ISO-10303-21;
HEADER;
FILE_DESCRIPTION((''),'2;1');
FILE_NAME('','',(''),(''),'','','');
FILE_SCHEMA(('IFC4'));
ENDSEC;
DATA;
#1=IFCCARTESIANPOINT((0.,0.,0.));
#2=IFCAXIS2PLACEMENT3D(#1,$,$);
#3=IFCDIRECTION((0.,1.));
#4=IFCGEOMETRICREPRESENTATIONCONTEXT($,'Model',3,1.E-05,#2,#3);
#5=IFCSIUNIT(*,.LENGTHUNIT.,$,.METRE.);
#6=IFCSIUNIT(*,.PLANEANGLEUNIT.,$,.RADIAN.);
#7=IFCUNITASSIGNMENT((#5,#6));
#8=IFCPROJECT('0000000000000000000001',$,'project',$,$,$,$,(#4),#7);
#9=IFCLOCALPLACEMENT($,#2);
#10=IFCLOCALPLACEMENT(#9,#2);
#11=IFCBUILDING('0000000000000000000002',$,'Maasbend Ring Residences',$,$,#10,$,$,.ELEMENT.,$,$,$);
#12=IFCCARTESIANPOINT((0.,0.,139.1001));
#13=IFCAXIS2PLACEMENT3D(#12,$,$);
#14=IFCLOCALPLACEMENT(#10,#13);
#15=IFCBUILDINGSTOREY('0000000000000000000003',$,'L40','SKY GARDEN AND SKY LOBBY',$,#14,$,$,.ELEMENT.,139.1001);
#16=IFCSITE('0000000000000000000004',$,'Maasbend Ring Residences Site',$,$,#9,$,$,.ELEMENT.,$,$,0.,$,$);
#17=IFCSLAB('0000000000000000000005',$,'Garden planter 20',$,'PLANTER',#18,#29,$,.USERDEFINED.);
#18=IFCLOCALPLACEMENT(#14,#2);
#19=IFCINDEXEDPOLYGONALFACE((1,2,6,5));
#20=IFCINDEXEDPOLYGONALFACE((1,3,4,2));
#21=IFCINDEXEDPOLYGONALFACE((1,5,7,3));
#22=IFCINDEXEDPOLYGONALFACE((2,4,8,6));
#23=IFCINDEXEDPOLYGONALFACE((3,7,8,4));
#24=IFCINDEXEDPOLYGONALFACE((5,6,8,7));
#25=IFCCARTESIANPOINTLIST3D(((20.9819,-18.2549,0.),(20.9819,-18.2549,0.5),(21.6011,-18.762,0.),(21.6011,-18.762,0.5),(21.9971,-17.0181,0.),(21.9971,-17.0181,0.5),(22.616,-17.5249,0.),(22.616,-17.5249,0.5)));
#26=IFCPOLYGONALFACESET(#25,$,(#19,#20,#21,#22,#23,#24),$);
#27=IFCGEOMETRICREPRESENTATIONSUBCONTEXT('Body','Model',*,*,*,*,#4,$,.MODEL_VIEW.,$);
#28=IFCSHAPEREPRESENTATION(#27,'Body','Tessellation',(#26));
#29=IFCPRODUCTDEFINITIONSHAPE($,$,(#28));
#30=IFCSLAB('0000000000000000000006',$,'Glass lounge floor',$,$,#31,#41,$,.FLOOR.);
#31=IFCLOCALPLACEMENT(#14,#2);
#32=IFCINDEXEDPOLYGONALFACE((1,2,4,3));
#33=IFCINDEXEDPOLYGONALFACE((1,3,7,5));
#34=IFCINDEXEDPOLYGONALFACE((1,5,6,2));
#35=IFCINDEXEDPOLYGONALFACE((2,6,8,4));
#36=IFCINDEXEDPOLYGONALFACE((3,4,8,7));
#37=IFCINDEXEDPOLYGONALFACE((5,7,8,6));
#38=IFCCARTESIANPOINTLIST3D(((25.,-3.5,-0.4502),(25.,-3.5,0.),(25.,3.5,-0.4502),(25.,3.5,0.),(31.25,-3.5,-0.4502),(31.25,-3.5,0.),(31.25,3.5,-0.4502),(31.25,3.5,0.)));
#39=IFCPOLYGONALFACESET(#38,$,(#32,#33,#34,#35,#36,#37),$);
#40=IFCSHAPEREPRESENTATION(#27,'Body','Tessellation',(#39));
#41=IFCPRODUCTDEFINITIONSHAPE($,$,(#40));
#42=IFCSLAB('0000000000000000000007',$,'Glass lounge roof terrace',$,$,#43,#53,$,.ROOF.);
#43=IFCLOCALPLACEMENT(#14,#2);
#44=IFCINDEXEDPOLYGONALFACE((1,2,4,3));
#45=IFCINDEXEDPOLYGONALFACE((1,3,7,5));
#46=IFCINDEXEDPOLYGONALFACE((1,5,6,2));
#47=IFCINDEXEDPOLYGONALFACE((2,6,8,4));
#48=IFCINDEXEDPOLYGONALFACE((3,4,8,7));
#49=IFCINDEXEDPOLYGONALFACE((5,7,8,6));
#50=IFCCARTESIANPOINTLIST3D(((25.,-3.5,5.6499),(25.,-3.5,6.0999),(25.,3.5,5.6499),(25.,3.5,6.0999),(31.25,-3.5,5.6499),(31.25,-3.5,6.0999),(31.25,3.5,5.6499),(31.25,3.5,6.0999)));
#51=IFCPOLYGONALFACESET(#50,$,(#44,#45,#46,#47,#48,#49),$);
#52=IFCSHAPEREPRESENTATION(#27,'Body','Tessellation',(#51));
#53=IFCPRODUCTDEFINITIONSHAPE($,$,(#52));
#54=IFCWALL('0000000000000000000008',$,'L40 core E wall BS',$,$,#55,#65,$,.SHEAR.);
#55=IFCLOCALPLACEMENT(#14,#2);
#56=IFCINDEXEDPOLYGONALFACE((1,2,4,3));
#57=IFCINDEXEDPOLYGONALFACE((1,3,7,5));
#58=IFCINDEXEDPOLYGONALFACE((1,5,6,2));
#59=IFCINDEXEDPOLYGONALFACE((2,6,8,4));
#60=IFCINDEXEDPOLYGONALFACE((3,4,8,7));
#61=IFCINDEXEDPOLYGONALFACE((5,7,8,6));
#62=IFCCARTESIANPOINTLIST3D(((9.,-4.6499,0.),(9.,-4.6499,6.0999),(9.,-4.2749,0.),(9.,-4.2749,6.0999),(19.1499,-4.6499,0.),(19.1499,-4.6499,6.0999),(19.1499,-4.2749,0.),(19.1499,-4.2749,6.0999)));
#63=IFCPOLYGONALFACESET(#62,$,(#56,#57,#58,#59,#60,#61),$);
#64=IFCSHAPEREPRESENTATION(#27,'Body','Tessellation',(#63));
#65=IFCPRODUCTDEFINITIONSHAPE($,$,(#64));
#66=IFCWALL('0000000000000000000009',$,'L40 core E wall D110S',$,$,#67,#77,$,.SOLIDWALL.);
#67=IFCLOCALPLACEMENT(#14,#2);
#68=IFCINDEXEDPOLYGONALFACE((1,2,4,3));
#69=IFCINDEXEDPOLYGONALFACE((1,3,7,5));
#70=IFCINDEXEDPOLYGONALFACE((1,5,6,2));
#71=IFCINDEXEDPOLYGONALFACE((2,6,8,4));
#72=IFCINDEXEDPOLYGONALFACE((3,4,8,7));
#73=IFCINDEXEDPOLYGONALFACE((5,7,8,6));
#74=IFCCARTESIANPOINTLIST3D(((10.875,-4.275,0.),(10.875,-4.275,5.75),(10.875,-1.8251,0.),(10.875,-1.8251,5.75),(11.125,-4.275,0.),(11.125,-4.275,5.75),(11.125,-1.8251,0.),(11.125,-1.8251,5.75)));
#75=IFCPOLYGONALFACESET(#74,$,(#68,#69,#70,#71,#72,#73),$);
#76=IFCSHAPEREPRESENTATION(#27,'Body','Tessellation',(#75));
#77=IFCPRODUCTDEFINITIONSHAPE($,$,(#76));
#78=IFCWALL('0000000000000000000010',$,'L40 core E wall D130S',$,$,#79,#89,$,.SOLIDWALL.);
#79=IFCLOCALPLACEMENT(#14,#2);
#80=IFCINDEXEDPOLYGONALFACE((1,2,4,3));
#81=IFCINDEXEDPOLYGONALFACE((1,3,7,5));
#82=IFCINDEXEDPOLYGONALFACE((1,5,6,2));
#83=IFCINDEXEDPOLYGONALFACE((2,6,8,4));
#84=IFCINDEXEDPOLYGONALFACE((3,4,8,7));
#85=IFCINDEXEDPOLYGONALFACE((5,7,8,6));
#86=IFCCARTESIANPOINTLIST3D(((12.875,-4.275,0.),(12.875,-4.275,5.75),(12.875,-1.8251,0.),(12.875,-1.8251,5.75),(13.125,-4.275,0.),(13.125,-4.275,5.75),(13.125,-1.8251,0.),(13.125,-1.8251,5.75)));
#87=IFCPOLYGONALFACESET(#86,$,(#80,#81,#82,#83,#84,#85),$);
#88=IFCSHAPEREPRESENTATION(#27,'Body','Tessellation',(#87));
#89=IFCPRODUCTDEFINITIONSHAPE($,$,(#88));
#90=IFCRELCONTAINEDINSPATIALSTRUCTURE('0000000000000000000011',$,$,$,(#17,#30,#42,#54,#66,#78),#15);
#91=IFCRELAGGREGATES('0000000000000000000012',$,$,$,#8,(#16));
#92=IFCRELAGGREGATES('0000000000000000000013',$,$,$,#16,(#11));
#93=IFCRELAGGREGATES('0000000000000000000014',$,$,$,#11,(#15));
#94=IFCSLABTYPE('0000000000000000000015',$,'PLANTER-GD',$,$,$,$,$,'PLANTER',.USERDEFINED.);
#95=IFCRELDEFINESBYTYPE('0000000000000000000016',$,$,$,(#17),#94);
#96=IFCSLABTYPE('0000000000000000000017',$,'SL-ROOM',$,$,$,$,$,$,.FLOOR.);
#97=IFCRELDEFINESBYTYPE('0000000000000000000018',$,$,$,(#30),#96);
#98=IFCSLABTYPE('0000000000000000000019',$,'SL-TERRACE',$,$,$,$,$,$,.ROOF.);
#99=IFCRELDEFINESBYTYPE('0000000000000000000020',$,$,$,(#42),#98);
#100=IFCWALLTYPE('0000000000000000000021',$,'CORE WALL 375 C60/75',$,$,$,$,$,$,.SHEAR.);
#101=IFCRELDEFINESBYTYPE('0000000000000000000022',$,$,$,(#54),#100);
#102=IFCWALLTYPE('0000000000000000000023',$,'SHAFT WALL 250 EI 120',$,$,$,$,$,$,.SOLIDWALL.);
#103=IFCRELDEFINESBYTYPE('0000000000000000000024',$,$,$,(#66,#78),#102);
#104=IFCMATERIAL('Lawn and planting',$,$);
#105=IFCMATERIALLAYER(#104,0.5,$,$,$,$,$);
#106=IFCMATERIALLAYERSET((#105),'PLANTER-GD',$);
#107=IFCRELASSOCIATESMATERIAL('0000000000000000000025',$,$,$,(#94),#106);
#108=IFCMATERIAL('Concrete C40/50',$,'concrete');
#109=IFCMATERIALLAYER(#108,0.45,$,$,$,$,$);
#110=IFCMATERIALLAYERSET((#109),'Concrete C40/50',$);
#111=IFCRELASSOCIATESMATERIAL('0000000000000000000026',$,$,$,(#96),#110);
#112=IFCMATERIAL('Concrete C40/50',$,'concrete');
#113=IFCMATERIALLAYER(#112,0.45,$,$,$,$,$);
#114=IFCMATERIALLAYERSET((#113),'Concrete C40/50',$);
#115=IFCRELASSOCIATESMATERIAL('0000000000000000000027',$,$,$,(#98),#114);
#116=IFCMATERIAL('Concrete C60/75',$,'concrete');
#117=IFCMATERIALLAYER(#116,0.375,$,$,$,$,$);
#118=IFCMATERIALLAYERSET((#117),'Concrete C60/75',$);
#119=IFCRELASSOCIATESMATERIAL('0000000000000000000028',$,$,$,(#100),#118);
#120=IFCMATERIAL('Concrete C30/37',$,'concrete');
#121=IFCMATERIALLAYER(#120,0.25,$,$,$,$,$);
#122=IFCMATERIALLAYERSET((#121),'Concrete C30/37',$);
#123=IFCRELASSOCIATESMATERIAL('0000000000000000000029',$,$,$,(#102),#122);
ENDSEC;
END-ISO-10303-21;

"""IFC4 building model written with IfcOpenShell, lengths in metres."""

from ifc_helpers import new_model, si_unit, direction, frame, frame_2d, origin, place, context, subcontext, project, spatial, polyline, rectangle, outline, extrude, material, layer, layer_set, type_object, element, save


model = new_model("IFC4")

# Units and contexts
model_context = context("Model", 3, precision=1e-05, world=origin(), true_north=direction((0.0, 1.0)))
body_context = subcontext(model_context, "Body", "Model", "MODEL_VIEW")
ifc_project = project(units=[si_unit("LENGTHUNIT", "METRE"), si_unit("PLANEANGLEUNIT", "RADIAN")], contexts=[model_context])

# Site, building, storey
site_placement = place(None, origin())
site = spatial("IfcSite", under=ifc_project, at=site_placement, Name="Maasbend Ring Residences Site", CompositionType="ELEMENT", RefElevation=0.0)
building_placement = place(site_placement, origin())
building = spatial("IfcBuilding", under=site, at=building_placement, Name="Maasbend Ring Residences", CompositionType="ELEMENT")
storey_placement = place(building_placement, frame((0.0, 0.0, 139.1001)))
storey = spatial("IfcBuildingStorey", under=building, at=storey_placement, Name="L40", Description="SKY GARDEN AND SKY LOBBY", CompositionType="ELEMENT", Elevation=139.1001)

# Slabs
ifc_material_1 = material(Name="Lawn and planting")
ifc_layer_1 = layer(ifc_material_1, 0.5)
ifc_layer_set_1 = layer_set([ifc_layer_1], Name="PLANTER-GD")
slab_type_1 = type_object("IfcSlabType", Name="PLANTER-GD", ElementType="PLANTER", PredefinedType="USERDEFINED", material=ifc_layer_set_1)
slab_1_placement = place(storey_placement, origin())
element("IfcSlab", 1, at=slab_1_placement, inside=storey, type_object=slab_type_1, Name="Garden planter 20", ObjectType="PLANTER", PredefinedType="USERDEFINED", context=body_context, shape_type="SweptSolid", body=[
    extrude(outline(polyline([(21.6011, -18.762), (22.616, -17.5249), (21.9971, -17.0181), (20.9819, -18.2549), (21.6011, -18.762)])), origin(), (0.0, 0.0, 1.0), 0.5),
])
ifc_material_2 = material(Name="Concrete C40/50", Category="concrete")
ifc_layer_2 = layer(ifc_material_2, 0.45)
ifc_layer_set_2 = layer_set([ifc_layer_2], Name="Concrete C40/50")
slab_type_2 = type_object("IfcSlabType", Name="SL-ROOM", PredefinedType="FLOOR", material=ifc_layer_set_2)
slab_2_placement = place(storey_placement, frame((0.0, 0.0, -0.4502)))
element("IfcSlab", 2, at=slab_2_placement, inside=storey, type_object=slab_type_2, Name="Glass lounge floor", PredefinedType="FLOOR", context=body_context, shape_type="SweptSolid", body=[
    extrude(outline(polyline([(25.0, -3.5), (31.25, -3.5), (31.25, 3.5), (25.0, 3.5), (25.0, -3.5)])), origin(), (0.0, 0.0, 1.0), 0.4502),
])
ifc_material_3 = material(Name="Concrete C40/50", Category="concrete")
ifc_layer_3 = layer(ifc_material_3, 0.45)
ifc_layer_set_3 = layer_set([ifc_layer_3], Name="Concrete C40/50")
slab_type_3 = type_object("IfcSlabType", Name="SL-TERRACE", PredefinedType="ROOF", material=ifc_layer_set_3)
slab_3_placement = place(storey_placement, frame((0.0, 0.0, 5.6499)))
element("IfcSlab", 3, at=slab_3_placement, inside=storey, type_object=slab_type_3, Name="Glass lounge roof terrace", PredefinedType="ROOF", context=body_context, shape_type="SweptSolid", body=[
    extrude(outline(polyline([(25.0, -3.5), (31.25, -3.5), (31.25, 3.5), (25.0, 3.5), (25.0, -3.5)])), origin(), (0.0, 0.0, 1.0), 0.45),
])

# Walls
ifc_material_4 = material(Name="Concrete C60/75", Category="concrete")
ifc_layer_4 = layer(ifc_material_4, 0.375)
ifc_layer_set_4 = layer_set([ifc_layer_4], Name="Concrete C60/75")
wall_type_1 = type_object("IfcWallType", Name="CORE WALL 375 C60/75", PredefinedType="SHEAR", material=ifc_layer_set_4)
wall_placement = place(storey_placement, frame((9.0, -4.4624, 0.0), z_axis=(0.0, 0.0, 1.0), x_axis=(1.0, 0.0, 0.0)))
element("IfcWall", 4, at=wall_placement, inside=storey, type_object=wall_type_1, Name="L40 core E wall BS", PredefinedType="SHEAR", context=body_context, shape_type="SweptSolid", body=[
    extrude(rectangle(XDim=10.1499, YDim=0.375, at=frame_2d((5.075, 0.0))), origin(), (0.0, 0.0, 1.0), 6.0999),
])
ifc_material_5 = material(Name="Concrete C30/37", Category="concrete")
ifc_layer_5 = layer(ifc_material_5, 0.25)
ifc_layer_set_5 = layer_set([ifc_layer_5], Name="Concrete C30/37")
wall_type_2 = type_object("IfcWallType", Name="SHAFT WALL 250 EI 120", PredefinedType="SOLIDWALL", material=ifc_layer_set_5)
for number, where, z_axis, x_axis, name in (
    (5, (11.0, -1.825, 0.0), (0.0, 0.0, 1.0), (0.0, -1.0, 0.0), "L40 core E wall D110S"),
    (6, (13.0, -1.825, 0.0), (0.0, 0.0, 1.0), (0.0, -1.0, 0.0), "L40 core E wall D130S"),
):
    element("IfcWall", number, at=place(storey_placement, frame(where, z_axis=z_axis, x_axis=x_axis)), inside=storey, type_object=wall_type_2, Name=name, PredefinedType="SOLIDWALL", context=body_context, shape_type="SweptSolid", body=[
        extrude(rectangle(XDim=2.45, YDim=0.25, at=frame_2d((1.2251, 0.0))), origin(), (0.0, 0.0, 1.0), 5.75),
    ])

save(model, "model.ifc")
